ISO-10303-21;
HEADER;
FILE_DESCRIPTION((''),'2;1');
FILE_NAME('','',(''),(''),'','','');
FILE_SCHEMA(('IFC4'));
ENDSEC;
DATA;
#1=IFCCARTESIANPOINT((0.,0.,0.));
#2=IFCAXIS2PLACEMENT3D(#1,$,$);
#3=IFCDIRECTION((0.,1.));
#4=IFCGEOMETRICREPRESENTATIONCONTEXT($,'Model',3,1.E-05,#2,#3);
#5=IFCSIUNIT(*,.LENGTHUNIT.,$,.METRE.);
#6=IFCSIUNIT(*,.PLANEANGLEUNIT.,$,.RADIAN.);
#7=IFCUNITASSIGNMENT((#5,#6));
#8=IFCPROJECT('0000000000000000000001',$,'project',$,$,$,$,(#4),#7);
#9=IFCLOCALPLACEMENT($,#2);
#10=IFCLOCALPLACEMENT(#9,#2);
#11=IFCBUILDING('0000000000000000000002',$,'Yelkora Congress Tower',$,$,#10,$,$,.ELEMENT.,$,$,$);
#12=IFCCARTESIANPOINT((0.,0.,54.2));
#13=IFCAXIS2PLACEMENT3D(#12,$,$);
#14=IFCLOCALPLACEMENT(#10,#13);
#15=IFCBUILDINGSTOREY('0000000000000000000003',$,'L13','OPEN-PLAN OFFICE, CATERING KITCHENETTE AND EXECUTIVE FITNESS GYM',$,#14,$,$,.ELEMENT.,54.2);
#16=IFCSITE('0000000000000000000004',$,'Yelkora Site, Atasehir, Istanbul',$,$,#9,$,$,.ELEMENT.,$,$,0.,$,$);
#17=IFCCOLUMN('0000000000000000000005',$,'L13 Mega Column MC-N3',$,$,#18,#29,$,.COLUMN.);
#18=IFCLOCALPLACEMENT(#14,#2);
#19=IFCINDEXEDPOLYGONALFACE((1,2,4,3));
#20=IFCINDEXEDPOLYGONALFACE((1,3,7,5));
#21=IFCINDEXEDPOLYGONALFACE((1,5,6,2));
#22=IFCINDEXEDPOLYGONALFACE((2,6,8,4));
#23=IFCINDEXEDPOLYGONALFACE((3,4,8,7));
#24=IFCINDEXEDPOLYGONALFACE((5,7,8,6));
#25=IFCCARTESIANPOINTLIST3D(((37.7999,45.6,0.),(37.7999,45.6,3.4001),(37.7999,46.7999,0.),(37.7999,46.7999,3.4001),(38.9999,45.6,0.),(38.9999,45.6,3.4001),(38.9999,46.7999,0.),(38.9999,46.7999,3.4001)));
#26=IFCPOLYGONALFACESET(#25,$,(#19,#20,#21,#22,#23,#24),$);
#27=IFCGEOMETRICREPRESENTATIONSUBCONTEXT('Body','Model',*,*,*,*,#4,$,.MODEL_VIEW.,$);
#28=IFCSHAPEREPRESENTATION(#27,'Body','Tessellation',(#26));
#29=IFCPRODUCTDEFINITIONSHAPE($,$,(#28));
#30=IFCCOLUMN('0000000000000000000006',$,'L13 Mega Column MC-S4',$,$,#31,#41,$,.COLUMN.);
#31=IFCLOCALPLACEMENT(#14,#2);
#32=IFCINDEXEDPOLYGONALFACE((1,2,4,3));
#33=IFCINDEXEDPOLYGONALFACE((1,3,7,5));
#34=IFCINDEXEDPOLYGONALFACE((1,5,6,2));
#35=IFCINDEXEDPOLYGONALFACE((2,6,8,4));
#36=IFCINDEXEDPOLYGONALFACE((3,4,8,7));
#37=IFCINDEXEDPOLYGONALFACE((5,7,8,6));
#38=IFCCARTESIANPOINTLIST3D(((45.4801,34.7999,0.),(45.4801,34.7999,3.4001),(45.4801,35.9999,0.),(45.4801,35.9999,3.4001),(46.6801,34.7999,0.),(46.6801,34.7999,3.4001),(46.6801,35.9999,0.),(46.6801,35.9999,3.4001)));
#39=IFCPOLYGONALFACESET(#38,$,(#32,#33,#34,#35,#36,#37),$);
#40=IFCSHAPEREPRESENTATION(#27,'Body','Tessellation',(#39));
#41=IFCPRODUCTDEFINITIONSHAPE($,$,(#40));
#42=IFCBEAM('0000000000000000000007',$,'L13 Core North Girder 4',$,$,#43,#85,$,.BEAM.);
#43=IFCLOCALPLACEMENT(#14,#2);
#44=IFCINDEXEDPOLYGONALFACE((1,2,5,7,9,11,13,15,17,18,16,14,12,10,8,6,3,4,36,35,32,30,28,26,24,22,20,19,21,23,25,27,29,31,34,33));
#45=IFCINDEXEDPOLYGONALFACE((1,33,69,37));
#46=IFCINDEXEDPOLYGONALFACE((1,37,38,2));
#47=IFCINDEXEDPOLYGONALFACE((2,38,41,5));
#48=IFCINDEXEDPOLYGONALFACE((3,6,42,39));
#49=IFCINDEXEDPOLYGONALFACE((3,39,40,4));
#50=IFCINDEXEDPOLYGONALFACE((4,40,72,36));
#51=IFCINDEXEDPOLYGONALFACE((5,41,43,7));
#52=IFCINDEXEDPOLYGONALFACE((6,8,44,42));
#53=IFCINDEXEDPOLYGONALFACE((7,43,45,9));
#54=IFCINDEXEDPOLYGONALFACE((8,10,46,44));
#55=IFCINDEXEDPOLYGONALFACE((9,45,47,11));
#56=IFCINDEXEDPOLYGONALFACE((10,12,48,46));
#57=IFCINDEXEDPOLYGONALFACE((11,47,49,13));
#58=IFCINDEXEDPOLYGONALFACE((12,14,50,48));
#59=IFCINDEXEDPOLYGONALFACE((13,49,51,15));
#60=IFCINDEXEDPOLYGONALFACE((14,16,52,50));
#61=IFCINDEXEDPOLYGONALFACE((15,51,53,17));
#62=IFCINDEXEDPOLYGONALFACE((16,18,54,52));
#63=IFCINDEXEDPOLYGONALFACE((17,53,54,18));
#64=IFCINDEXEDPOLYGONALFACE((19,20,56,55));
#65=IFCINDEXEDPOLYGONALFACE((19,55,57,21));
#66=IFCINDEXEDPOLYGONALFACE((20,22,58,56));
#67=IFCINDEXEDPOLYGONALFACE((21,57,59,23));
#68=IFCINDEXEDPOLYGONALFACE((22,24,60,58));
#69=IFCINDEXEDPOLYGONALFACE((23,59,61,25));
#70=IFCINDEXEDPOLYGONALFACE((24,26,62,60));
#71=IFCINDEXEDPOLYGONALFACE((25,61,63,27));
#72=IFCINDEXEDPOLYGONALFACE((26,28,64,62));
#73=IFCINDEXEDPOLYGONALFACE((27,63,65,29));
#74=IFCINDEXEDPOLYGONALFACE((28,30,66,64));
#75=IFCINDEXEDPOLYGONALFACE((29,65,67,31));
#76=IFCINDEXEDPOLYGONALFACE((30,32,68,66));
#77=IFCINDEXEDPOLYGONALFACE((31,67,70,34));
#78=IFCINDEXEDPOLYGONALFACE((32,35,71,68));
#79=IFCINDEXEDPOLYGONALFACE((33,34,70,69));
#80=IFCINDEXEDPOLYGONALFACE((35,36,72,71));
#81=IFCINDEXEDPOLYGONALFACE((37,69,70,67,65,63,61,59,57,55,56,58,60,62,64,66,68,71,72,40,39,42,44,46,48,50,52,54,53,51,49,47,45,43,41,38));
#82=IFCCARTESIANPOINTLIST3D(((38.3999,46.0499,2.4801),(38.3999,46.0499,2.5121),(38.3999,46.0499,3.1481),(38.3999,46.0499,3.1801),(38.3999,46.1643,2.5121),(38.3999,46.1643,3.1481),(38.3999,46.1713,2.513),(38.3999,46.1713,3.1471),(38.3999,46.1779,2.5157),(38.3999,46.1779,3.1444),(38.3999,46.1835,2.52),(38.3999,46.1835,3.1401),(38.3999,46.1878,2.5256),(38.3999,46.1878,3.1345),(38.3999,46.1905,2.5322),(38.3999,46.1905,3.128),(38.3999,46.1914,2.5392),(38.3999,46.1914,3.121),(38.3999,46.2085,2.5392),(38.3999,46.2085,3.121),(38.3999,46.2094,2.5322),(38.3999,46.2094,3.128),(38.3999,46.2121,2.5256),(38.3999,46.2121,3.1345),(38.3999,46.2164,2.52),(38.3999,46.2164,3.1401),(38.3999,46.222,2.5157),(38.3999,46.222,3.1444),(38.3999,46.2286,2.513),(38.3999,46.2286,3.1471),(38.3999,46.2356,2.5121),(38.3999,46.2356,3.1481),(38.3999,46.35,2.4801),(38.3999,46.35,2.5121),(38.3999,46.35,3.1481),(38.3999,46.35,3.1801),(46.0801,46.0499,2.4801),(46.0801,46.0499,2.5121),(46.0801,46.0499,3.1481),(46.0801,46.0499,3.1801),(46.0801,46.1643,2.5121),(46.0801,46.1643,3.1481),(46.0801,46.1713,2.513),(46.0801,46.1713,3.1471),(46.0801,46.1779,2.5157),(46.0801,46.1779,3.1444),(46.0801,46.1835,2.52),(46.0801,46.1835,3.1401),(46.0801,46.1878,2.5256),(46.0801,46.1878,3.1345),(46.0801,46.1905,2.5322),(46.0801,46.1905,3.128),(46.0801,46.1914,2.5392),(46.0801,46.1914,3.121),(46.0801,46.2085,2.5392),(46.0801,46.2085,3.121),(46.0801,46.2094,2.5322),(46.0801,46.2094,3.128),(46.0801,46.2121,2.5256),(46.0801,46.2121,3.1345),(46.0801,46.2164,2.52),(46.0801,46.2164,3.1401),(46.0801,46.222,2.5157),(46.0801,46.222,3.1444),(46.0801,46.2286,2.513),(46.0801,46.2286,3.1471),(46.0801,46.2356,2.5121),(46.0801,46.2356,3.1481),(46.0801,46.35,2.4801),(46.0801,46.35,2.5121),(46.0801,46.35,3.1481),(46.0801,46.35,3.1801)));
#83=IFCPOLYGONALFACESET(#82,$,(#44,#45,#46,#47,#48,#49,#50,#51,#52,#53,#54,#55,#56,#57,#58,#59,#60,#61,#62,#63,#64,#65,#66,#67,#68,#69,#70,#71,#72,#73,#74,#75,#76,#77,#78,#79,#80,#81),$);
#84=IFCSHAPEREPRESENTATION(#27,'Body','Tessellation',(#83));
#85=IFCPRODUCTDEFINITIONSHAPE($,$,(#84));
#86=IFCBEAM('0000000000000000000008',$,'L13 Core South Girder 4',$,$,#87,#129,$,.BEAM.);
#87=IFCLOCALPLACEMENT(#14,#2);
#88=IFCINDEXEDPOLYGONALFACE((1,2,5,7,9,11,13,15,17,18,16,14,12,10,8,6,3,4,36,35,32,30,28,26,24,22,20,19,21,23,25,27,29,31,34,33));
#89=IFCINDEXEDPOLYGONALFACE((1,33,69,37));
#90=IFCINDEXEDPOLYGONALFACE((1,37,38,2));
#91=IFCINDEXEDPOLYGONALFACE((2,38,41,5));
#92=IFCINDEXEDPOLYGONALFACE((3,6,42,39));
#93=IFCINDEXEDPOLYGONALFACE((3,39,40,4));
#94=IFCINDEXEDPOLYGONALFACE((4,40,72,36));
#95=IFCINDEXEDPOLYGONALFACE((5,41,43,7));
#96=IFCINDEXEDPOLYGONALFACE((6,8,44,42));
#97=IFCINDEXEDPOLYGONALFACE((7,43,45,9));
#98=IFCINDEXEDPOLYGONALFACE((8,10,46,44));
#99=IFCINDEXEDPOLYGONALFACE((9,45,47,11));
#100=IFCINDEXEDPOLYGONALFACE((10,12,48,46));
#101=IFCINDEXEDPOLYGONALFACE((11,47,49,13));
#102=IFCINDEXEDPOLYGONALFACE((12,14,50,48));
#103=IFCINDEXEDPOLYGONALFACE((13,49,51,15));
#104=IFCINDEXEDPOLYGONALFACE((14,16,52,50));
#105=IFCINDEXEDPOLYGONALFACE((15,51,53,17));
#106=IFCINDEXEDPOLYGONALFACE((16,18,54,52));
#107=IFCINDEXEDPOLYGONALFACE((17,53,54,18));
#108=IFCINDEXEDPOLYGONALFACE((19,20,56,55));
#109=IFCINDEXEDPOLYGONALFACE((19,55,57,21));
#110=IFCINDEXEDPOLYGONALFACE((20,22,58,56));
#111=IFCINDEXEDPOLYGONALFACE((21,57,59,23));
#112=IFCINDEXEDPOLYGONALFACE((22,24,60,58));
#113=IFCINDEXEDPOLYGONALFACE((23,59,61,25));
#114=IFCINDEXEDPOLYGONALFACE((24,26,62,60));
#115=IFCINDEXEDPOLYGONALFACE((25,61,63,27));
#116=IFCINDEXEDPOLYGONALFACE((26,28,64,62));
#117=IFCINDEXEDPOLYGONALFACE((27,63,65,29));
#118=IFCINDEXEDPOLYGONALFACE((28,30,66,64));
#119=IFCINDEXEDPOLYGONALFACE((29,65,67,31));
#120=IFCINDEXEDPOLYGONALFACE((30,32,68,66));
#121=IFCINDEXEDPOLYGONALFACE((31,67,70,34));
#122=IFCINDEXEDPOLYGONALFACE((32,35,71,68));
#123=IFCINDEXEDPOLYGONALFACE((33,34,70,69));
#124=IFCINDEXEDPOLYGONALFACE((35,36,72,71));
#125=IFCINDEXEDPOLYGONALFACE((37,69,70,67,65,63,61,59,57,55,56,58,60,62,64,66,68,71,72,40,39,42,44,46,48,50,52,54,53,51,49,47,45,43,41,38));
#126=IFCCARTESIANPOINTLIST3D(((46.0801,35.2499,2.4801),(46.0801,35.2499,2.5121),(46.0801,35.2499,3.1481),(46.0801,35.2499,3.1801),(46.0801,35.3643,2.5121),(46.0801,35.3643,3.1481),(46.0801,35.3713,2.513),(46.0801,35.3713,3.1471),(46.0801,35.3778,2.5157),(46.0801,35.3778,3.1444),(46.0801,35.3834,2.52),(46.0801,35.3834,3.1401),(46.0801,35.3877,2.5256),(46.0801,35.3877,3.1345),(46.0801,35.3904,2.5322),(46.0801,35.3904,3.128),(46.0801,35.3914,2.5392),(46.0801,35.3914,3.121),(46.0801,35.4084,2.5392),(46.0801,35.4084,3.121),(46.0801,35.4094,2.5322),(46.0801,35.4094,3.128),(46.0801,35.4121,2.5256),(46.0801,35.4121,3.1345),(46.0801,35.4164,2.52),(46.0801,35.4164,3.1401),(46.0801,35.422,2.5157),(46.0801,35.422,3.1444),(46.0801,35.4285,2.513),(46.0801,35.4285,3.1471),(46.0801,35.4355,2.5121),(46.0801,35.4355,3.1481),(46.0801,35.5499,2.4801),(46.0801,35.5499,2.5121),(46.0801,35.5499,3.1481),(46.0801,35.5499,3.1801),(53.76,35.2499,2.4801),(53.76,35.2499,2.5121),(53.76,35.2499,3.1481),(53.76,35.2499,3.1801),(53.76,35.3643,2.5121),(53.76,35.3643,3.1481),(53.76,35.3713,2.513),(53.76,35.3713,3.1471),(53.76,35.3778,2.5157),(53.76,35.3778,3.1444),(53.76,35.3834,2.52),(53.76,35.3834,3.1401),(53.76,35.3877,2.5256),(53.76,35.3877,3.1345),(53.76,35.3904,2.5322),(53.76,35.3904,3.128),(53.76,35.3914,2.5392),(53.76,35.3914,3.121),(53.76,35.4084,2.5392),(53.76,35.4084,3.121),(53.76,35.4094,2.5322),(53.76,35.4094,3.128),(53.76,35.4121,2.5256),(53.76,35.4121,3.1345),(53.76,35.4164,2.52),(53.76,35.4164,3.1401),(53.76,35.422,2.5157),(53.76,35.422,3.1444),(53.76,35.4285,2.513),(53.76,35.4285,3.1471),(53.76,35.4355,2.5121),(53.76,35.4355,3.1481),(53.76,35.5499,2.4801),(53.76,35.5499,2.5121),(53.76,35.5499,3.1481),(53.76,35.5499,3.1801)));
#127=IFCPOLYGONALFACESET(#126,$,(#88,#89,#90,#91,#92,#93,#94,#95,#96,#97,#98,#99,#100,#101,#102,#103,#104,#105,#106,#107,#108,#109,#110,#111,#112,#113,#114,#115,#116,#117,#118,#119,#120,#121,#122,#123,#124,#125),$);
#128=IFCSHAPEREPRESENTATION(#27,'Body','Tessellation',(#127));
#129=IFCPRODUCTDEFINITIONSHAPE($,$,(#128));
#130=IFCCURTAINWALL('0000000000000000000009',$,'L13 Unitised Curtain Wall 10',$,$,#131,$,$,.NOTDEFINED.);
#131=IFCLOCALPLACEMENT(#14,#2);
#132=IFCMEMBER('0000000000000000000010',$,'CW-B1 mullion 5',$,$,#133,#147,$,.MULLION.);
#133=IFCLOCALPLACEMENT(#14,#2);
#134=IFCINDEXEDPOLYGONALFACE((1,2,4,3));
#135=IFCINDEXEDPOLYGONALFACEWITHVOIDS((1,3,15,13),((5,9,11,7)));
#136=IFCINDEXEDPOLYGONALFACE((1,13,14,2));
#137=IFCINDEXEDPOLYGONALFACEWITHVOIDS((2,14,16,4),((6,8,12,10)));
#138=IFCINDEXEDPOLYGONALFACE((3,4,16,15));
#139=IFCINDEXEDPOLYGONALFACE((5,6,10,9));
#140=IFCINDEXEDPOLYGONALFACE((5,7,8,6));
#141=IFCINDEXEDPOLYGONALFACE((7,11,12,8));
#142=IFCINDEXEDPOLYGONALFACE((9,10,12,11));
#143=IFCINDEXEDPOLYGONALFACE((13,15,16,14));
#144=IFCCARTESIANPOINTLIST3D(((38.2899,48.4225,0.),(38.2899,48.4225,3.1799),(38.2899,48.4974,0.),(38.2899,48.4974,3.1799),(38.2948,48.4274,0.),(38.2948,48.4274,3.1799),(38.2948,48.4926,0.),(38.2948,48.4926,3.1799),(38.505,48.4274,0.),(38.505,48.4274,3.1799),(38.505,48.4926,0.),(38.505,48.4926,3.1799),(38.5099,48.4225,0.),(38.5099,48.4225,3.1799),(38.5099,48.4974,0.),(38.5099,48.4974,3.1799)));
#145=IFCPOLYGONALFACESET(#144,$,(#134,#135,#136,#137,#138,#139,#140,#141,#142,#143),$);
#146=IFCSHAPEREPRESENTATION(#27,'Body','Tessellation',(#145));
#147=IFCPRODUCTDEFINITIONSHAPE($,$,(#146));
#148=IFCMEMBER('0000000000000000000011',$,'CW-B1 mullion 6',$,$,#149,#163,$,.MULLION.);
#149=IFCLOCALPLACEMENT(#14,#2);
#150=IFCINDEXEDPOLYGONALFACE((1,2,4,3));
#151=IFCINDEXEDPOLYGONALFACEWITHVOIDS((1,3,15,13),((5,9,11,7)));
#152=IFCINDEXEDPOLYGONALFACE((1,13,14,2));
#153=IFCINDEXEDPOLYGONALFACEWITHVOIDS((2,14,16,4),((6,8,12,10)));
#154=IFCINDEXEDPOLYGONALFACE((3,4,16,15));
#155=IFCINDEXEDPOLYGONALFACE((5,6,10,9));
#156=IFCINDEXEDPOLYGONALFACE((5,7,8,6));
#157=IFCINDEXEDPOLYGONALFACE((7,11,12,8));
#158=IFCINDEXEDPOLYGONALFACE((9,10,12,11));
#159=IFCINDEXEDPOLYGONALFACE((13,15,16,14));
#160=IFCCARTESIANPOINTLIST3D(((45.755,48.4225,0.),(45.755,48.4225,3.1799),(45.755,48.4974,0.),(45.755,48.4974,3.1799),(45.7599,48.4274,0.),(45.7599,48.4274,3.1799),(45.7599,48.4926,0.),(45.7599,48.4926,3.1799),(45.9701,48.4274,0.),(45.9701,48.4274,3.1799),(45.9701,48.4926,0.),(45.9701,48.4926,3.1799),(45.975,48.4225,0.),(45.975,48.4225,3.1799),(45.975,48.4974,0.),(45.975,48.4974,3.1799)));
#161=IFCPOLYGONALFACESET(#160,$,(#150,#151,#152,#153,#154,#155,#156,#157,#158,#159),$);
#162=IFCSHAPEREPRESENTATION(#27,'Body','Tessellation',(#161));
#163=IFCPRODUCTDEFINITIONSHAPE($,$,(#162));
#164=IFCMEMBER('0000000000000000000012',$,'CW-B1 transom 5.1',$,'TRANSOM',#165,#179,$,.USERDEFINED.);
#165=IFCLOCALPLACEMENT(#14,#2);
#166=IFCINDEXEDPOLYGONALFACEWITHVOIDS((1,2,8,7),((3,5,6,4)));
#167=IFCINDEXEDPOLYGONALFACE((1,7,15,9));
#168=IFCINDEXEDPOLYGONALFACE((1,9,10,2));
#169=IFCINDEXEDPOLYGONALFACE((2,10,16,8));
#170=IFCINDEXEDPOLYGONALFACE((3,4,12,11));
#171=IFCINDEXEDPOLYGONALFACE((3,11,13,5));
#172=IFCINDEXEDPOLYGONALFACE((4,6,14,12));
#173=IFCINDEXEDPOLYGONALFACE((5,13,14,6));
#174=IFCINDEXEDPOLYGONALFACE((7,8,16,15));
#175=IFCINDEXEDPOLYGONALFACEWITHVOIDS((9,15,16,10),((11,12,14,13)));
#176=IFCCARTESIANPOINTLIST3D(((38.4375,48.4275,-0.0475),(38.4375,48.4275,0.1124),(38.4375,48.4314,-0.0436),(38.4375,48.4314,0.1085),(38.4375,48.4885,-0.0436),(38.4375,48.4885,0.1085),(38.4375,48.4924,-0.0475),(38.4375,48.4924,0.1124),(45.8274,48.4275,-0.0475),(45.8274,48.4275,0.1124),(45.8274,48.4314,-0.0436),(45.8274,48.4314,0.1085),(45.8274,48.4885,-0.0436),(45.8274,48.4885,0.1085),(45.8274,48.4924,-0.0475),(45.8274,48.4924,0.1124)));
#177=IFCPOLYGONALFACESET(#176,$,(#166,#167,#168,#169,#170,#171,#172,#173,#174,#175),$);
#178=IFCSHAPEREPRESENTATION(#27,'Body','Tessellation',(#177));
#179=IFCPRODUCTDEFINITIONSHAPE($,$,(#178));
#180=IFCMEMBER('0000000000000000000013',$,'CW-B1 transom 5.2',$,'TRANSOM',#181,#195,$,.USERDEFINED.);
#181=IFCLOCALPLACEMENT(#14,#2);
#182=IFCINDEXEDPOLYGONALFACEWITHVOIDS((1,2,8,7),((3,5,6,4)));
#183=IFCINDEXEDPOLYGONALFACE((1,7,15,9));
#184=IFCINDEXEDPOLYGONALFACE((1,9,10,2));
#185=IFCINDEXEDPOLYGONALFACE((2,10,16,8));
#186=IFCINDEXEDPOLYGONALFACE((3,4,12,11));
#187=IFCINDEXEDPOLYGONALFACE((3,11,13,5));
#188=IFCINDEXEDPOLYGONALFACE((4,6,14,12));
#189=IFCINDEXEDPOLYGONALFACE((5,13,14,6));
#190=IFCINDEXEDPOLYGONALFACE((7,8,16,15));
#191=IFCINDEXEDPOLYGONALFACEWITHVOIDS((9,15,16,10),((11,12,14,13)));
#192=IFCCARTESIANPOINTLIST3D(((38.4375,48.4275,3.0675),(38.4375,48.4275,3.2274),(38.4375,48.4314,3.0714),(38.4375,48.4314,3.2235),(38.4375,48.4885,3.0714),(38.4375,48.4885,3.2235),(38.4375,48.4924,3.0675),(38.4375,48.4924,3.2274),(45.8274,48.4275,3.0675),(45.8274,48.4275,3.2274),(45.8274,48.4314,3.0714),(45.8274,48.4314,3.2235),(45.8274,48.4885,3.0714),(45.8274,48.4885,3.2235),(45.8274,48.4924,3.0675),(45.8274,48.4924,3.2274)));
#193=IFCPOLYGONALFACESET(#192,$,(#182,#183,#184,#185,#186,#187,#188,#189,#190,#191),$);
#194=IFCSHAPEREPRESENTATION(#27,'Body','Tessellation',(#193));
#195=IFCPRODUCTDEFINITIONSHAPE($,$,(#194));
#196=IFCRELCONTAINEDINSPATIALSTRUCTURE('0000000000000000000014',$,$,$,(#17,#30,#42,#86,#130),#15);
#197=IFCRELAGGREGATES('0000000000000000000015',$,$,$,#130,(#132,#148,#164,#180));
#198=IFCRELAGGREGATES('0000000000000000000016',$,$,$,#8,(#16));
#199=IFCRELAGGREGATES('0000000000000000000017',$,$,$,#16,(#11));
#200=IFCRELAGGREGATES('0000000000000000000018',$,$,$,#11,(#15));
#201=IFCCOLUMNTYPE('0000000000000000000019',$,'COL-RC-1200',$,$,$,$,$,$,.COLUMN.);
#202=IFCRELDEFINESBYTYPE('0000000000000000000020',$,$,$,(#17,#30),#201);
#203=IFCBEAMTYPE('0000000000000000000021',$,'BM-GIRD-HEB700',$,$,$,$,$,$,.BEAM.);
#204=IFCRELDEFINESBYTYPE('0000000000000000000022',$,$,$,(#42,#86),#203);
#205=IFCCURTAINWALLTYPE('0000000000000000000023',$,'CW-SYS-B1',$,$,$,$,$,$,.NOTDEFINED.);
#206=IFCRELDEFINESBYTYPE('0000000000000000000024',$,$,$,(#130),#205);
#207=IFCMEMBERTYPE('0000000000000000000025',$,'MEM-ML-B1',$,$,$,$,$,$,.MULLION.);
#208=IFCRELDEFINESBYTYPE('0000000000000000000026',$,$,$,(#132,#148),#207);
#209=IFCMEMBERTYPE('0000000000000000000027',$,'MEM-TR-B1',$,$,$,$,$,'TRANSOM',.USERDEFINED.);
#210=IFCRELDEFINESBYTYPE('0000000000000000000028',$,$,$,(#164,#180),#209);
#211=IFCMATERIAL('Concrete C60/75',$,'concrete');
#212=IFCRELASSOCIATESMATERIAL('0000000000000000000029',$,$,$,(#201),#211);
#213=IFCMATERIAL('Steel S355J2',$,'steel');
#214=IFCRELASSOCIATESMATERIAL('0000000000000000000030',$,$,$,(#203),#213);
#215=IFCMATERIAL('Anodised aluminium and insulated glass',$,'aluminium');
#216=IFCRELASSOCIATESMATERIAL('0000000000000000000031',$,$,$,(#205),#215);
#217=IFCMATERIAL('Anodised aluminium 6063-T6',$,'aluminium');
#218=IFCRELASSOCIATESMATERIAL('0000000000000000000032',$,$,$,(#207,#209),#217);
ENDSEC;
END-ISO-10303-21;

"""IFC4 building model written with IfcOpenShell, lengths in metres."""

from ifc_helpers import new_model, si_unit, direction, frame, origin, origin_2d, place, context, subcontext, project, spatial, rectangle, hollow_rectangle, i_section, extrude, material, material_profile, profile_set, type_object, element, aggregate, save


model = new_model("IFC4")

# Units and contexts
model_context = context("Model", 3, precision=1e-05, world=origin(), true_north=direction((0.0, 1.0)))
body_context = subcontext(model_context, "Body", "Model", "MODEL_VIEW")
ifc_project = project(units=[si_unit("LENGTHUNIT", "METRE"), si_unit("PLANEANGLEUNIT", "RADIAN")], contexts=[model_context])

# Site, building, storey
site_placement = place(None, origin())
site = spatial("IfcSite", under=ifc_project, at=site_placement, Name="Yelkora Site, Atasehir, Istanbul", CompositionType="ELEMENT", RefElevation=0.0)
building_placement = place(site_placement, origin())
building = spatial("IfcBuilding", under=site, at=building_placement, Name="Yelkora Congress Tower", CompositionType="ELEMENT")
storey_placement = place(building_placement, frame((0.0, 0.0, 54.2)))
storey = spatial("IfcBuildingStorey", under=building, at=storey_placement, Name="L13", Description="OPEN-PLAN OFFICE, CATERING KITCHENETTE AND EXECUTIVE FITNESS GYM", CompositionType="ELEMENT", Elevation=54.2)

# Columns
ifc_material_1 = material(Name="Concrete C60/75", Category="concrete")
ifc_material_profile_1 = material_profile(ifc_material_1, rectangle(XDim=1.2, YDim=1.2, at=origin_2d()), Name="RC 1200x1200")
ifc_profile_set_1 = profile_set([ifc_material_profile_1], Name="Concrete C60/75")
column_type = type_object("IfcColumnType", Name="COL-RC-1200", PredefinedType="COLUMN", material=ifc_profile_set_1)
for number, where, z_axis, x_axis, name in (
    (1, (38.3999, 46.2, 0.0), (0.0, 0.0, 1.0), (1.0, 0.0, 0.0), "L13 Mega Column MC-N3"),
    (2, (46.0801, 35.3999, 0.0), (0.0, 0.0, 1.0), (1.0, 0.0, 0.0), "L13 Mega Column MC-S4"),
):
    element("IfcColumn", number, at=place(storey_placement, frame(where, z_axis=z_axis, x_axis=x_axis)), inside=storey, type_object=column_type, Name=name, PredefinedType="COLUMN", context=body_context, shape_type="SweptSolid", body=[
        extrude(rectangle(XDim=1.2, YDim=1.2, at=origin_2d()), origin(), (0.0, 0.0, 1.0), 3.4001),
    ])

# Beams
ifc_material_2 = material(Name="Steel S355J2", Category="steel")
ifc_material_profile_2 = material_profile(ifc_material_2, i_section(OverallWidth=0.3, OverallDepth=0.7, WebThickness=0.0171, FlangeThickness=0.032, FilletRadius=0.0271, at=origin_2d()), Name="HEB 700")
ifc_profile_set_2 = profile_set([ifc_material_profile_2], Name="Steel S355J2")
beam_type = type_object("IfcBeamType", Name="BM-GIRD-HEB700", PredefinedType="BEAM", material=ifc_profile_set_2)
beam_1_placement = place(storey_placement, frame((38.3999, 46.2, 2.8301), z_axis=(1.0, 0.0, 0.0), x_axis=(0.0, 1.0, 0.0)))
element("IfcBeam", 3, at=beam_1_placement, inside=storey, type_object=beam_type, Name="L13 Core North Girder 4", PredefinedType="BEAM", context=body_context, shape_type="SweptSolid", body=[
    extrude(i_section(OverallWidth=0.3, OverallDepth=0.7, WebThickness=0.0171, FlangeThickness=0.032, FilletRadius=0.0271, at=origin_2d()), origin(), (0.0, 0.0, 1.0), 7.6802),
])
beam_2_placement = place(storey_placement, frame((46.0801, 35.3999, 2.8301), z_axis=(1.0, 0.0, 0.0), x_axis=(0.0, 1.0, 0.0)))
element("IfcBeam", 4, at=beam_2_placement, inside=storey, type_object=beam_type, Name="L13 Core South Girder 4", PredefinedType="BEAM", context=body_context, shape_type="SweptSolid", body=[
    extrude(i_section(OverallWidth=0.3, OverallDepth=0.7, WebThickness=0.0171, FlangeThickness=0.032, FilletRadius=0.0271, at=origin_2d()), origin(), (0.0, 0.0, 1.0), 7.6799),
])

# Curtain wall, members
ifc_material_3 = material(Name="Anodised aluminium and insulated glass", Category="aluminium")
curtain_wall_type = type_object("IfcCurtainWallType", Name="CW-SYS-B1", PredefinedType="NOTDEFINED", material=ifc_material_3)
curtain_wall_placement = place(storey_placement, origin())
curtain_wall = element("IfcCurtainWall", 5, at=curtain_wall_placement, inside=storey, type_object=curtain_wall_type, Name="L13 Unitised Curtain Wall 10", PredefinedType="NOTDEFINED")
ifc_material_4 = material(Name="Anodised aluminium 6063-T6", Category="aluminium")
ifc_material_profile_3 = material_profile(ifc_material_4, hollow_rectangle(XDim=0.075, YDim=0.22, WallThickness=0.0049, at=origin_2d()), Name="ALU 75x220x5")
ifc_profile_set_3 = profile_set([ifc_material_profile_3], Name="Anodised aluminium 6063-T6")
member_type_1 = type_object("IfcMemberType", Name="MEM-ML-B1", PredefinedType="MULLION", material=ifc_profile_set_3)
member_1_placement = place(storey_placement, frame((38.3999, 48.46, 0.0), z_axis=(0.0, 0.0, 1.0), x_axis=(0.0, 1.0, 0.0)))
member_1 = element("IfcMember", 6, at=member_1_placement, type_object=member_type_1, Name="CW-B1 mullion 5", PredefinedType="MULLION", context=body_context, shape_type="SweptSolid", body=[
    extrude(hollow_rectangle(XDim=0.075, YDim=0.22, WallThickness=0.0049, at=origin_2d()), origin(), (0.0, 0.0, 1.0), 3.1799),
])
member_2_placement = place(storey_placement, frame((45.865, 48.46, 0.0), z_axis=(0.0, 0.0, 1.0), x_axis=(0.0, 1.0, 0.0)))
member_2 = element("IfcMember", 7, at=member_2_placement, type_object=member_type_1, Name="CW-B1 mullion 6", PredefinedType="MULLION", context=body_context, shape_type="SweptSolid", body=[
    extrude(hollow_rectangle(XDim=0.075, YDim=0.22, WallThickness=0.0049, at=origin_2d()), origin(), (0.0, 0.0, 1.0), 3.1799),
])
ifc_material_profile_4 = material_profile(ifc_material_4, hollow_rectangle(XDim=0.0649, YDim=0.1599, WallThickness=0.0039, at=origin_2d()), Name="ALU 65x160x4")
ifc_profile_set_4 = profile_set([ifc_material_profile_4], Name="Anodised aluminium 6063-T6")
member_type_2 = type_object("IfcMemberType", Name="MEM-TR-B1", ElementType="TRANSOM", PredefinedType="USERDEFINED", material=ifc_profile_set_4)
member_3_placement = place(storey_placement, frame((38.4375, 48.46, 0.0325), z_axis=(1.0, 0.0, 0.0), x_axis=(0.0, 1.0, 0.0)))
member_3 = element("IfcMember", 8, at=member_3_placement, type_object=member_type_2, Name="CW-B1 transom 5.1", ObjectType="TRANSOM", PredefinedType="USERDEFINED", context=body_context, shape_type="SweptSolid", body=[
    extrude(hollow_rectangle(XDim=0.0649, YDim=0.1599, WallThickness=0.0039, at=origin_2d()), origin(), (0.0, 0.0, 1.0), 7.3899),
])
member_4_placement = place(storey_placement, frame((38.4375, 48.46, 3.1475), z_axis=(1.0, 0.0, 0.0), x_axis=(0.0, 1.0, 0.0)))
member_4 = element("IfcMember", 9, at=member_4_placement, type_object=member_type_2, Name="CW-B1 transom 5.2", ObjectType="TRANSOM", PredefinedType="USERDEFINED", context=body_context, shape_type="SweptSolid", body=[
    extrude(hollow_rectangle(XDim=0.0649, YDim=0.1599, WallThickness=0.0039, at=origin_2d()), origin(), (0.0, 0.0, 1.0), 7.3899),
])
aggregate(curtain_wall, [member_1, member_2, member_3, member_4])

save(model, "model.ifc")
